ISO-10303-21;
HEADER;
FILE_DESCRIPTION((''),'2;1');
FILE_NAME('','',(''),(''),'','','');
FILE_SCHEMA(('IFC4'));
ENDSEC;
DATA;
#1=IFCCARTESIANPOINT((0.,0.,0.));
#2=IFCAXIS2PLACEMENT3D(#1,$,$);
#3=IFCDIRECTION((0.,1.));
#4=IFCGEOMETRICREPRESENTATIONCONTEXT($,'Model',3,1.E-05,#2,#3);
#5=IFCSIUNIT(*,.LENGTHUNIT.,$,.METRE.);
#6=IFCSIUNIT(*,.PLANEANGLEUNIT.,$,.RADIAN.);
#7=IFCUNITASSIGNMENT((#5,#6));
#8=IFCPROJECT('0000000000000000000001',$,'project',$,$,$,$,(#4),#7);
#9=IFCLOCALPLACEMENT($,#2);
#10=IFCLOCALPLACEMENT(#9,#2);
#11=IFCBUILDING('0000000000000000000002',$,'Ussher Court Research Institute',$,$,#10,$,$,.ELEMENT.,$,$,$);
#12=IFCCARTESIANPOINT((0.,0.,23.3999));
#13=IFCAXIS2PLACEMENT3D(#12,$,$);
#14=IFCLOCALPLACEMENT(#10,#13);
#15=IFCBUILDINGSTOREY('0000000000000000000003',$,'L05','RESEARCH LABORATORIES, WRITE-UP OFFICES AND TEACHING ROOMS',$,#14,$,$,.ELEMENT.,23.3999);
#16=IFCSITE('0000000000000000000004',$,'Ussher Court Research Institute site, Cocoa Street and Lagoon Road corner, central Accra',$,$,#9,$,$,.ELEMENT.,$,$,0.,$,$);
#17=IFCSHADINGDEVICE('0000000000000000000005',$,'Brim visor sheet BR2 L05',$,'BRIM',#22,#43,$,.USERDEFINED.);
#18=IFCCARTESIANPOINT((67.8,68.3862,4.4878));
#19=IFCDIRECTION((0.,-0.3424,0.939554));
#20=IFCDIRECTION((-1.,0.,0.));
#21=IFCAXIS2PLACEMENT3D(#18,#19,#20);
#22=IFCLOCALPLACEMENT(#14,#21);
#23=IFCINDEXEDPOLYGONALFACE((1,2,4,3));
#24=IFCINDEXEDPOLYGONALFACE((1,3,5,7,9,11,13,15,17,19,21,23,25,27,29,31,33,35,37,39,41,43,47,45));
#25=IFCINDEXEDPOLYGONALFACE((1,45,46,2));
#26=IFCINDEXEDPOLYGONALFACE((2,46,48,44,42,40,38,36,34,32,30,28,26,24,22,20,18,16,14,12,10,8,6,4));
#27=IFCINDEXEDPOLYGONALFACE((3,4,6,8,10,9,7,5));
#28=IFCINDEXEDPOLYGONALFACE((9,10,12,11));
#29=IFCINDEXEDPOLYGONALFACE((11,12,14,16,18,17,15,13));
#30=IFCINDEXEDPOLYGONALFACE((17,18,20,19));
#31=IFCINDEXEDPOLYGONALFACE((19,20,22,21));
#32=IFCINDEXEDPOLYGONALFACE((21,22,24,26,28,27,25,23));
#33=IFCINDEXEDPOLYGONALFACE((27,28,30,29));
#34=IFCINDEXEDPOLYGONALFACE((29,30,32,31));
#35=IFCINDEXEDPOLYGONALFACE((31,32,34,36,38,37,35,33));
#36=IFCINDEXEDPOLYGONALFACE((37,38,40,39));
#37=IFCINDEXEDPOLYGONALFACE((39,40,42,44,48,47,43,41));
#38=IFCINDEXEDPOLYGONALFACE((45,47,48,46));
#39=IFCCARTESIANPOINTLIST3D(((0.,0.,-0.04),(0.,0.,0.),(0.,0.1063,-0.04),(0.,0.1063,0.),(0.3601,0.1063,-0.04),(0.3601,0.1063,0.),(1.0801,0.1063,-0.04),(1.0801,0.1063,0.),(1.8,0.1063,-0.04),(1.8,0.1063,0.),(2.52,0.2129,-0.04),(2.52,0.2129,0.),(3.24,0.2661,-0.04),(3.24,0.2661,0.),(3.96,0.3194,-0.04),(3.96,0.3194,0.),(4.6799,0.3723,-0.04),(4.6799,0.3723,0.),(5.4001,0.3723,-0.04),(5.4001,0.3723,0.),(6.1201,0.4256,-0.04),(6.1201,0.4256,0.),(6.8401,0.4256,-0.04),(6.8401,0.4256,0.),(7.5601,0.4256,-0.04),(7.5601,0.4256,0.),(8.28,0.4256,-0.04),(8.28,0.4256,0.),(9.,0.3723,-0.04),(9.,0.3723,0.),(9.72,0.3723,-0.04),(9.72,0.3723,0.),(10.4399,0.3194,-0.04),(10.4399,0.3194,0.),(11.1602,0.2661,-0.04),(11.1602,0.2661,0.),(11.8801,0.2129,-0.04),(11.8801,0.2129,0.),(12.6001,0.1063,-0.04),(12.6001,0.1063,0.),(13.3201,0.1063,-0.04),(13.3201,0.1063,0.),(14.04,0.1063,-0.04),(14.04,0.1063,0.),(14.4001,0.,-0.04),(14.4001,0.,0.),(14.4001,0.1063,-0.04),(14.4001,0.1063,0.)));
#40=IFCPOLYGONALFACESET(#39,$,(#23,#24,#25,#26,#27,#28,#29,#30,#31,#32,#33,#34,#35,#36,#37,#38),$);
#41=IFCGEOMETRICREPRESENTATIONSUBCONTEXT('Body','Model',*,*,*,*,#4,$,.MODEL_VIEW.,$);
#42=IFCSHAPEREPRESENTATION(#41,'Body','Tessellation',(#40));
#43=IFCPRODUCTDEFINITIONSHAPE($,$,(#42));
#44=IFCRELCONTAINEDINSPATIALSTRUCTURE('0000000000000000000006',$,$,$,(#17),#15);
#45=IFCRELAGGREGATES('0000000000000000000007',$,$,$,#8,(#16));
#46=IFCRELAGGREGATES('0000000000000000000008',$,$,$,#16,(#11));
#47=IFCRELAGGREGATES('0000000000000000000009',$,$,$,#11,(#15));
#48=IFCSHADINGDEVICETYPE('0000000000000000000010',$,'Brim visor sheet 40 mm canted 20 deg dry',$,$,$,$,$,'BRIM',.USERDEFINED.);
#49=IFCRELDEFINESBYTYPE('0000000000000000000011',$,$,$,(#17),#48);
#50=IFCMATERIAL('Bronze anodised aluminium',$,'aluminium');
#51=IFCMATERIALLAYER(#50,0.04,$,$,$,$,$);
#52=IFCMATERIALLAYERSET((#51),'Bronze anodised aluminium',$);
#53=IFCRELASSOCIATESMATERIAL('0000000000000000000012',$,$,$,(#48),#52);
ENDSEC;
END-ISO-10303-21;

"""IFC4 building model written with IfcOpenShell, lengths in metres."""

from ifc_helpers import new_model, si_unit, direction, frame, origin, place, context, subcontext, project, spatial, polyline, outline, extrude, material, layer, layer_set, type_object, element, save


model = new_model("IFC4")

# Units and contexts
model_context = context("Model", 3, precision=1e-05, world=origin(), true_north=direction((0.0, 1.0)))
body_context = subcontext(model_context, "Body", "Model", "MODEL_VIEW")
ifc_project = project(units=[si_unit("LENGTHUNIT", "METRE"), si_unit("PLANEANGLEUNIT", "RADIAN")], contexts=[model_context])

# Site, building, storey
site_placement = place(None, origin())
site = spatial("IfcSite", under=ifc_project, at=site_placement, Name="Ussher Court Research Institute site, Cocoa Street and Lagoon Road corner, central Accra", CompositionType="ELEMENT", RefElevation=0.0)
building_placement = place(site_placement, origin())
building = spatial("IfcBuilding", under=site, at=building_placement, Name="Ussher Court Research Institute", CompositionType="ELEMENT")
storey_placement = place(building_placement, frame((0.0, 0.0, 23.3999)))
storey = spatial("IfcBuildingStorey", under=building, at=storey_placement, Name="L05", Description="RESEARCH LABORATORIES, WRITE-UP OFFICES AND TEACHING ROOMS", CompositionType="ELEMENT", Elevation=23.3999)

# Shading device
ifc_material_1 = material(Name="Bronze anodised aluminium", Category="aluminium")
ifc_layer_1 = layer(ifc_material_1, 0.04)
ifc_layer_set_1 = layer_set([ifc_layer_1], Name="Bronze anodised aluminium")
shading_device_type_1 = type_object("IfcShadingDeviceType", Name="Brim visor sheet 40 mm canted 20 deg dry", ElementType="BRIM", PredefinedType="USERDEFINED", material=ifc_layer_set_1)
shading_device_1_placement = place(storey_placement, frame((67.8, 68.3862, 4.4878), z_axis=(0.0, -0.3424, 0.939554), x_axis=(-1.0, 0.0, 0.0)))
element("IfcShadingDevice", 1, at=shading_device_1_placement, inside=storey, type_object=shading_device_type_1, Name="Brim visor sheet BR2 L05", ObjectType="BRIM", PredefinedType="USERDEFINED", context=body_context, shape_type="SweptSolid", body=[
    extrude(outline(polyline([(0.0, 0.0), (14.4001, 0.0), (14.4001, 0.1063), (14.04, 0.1063), (13.3201, 0.1063), (12.6001, 0.1063), (11.8801, 0.2129), (11.1602, 0.2661), (10.4399, 0.3194), (9.72, 0.3723), (9.0, 0.3723), (8.28, 0.4256), (7.5601, 0.4256), (6.8401, 0.4256), (6.1201, 0.4256), (5.4001, 0.3723), (4.6799, 0.3723), (3.96, 0.3194), (3.24, 0.2661), (2.52, 0.2129), (1.8, 0.1063), (1.0801, 0.1063), (0.3601, 0.1063), (0.0, 0.1063), (0.0, 0.0)])), origin(), (0.0, 0.0, -1.0), 0.04),
])

save(model, "model.ifc")
